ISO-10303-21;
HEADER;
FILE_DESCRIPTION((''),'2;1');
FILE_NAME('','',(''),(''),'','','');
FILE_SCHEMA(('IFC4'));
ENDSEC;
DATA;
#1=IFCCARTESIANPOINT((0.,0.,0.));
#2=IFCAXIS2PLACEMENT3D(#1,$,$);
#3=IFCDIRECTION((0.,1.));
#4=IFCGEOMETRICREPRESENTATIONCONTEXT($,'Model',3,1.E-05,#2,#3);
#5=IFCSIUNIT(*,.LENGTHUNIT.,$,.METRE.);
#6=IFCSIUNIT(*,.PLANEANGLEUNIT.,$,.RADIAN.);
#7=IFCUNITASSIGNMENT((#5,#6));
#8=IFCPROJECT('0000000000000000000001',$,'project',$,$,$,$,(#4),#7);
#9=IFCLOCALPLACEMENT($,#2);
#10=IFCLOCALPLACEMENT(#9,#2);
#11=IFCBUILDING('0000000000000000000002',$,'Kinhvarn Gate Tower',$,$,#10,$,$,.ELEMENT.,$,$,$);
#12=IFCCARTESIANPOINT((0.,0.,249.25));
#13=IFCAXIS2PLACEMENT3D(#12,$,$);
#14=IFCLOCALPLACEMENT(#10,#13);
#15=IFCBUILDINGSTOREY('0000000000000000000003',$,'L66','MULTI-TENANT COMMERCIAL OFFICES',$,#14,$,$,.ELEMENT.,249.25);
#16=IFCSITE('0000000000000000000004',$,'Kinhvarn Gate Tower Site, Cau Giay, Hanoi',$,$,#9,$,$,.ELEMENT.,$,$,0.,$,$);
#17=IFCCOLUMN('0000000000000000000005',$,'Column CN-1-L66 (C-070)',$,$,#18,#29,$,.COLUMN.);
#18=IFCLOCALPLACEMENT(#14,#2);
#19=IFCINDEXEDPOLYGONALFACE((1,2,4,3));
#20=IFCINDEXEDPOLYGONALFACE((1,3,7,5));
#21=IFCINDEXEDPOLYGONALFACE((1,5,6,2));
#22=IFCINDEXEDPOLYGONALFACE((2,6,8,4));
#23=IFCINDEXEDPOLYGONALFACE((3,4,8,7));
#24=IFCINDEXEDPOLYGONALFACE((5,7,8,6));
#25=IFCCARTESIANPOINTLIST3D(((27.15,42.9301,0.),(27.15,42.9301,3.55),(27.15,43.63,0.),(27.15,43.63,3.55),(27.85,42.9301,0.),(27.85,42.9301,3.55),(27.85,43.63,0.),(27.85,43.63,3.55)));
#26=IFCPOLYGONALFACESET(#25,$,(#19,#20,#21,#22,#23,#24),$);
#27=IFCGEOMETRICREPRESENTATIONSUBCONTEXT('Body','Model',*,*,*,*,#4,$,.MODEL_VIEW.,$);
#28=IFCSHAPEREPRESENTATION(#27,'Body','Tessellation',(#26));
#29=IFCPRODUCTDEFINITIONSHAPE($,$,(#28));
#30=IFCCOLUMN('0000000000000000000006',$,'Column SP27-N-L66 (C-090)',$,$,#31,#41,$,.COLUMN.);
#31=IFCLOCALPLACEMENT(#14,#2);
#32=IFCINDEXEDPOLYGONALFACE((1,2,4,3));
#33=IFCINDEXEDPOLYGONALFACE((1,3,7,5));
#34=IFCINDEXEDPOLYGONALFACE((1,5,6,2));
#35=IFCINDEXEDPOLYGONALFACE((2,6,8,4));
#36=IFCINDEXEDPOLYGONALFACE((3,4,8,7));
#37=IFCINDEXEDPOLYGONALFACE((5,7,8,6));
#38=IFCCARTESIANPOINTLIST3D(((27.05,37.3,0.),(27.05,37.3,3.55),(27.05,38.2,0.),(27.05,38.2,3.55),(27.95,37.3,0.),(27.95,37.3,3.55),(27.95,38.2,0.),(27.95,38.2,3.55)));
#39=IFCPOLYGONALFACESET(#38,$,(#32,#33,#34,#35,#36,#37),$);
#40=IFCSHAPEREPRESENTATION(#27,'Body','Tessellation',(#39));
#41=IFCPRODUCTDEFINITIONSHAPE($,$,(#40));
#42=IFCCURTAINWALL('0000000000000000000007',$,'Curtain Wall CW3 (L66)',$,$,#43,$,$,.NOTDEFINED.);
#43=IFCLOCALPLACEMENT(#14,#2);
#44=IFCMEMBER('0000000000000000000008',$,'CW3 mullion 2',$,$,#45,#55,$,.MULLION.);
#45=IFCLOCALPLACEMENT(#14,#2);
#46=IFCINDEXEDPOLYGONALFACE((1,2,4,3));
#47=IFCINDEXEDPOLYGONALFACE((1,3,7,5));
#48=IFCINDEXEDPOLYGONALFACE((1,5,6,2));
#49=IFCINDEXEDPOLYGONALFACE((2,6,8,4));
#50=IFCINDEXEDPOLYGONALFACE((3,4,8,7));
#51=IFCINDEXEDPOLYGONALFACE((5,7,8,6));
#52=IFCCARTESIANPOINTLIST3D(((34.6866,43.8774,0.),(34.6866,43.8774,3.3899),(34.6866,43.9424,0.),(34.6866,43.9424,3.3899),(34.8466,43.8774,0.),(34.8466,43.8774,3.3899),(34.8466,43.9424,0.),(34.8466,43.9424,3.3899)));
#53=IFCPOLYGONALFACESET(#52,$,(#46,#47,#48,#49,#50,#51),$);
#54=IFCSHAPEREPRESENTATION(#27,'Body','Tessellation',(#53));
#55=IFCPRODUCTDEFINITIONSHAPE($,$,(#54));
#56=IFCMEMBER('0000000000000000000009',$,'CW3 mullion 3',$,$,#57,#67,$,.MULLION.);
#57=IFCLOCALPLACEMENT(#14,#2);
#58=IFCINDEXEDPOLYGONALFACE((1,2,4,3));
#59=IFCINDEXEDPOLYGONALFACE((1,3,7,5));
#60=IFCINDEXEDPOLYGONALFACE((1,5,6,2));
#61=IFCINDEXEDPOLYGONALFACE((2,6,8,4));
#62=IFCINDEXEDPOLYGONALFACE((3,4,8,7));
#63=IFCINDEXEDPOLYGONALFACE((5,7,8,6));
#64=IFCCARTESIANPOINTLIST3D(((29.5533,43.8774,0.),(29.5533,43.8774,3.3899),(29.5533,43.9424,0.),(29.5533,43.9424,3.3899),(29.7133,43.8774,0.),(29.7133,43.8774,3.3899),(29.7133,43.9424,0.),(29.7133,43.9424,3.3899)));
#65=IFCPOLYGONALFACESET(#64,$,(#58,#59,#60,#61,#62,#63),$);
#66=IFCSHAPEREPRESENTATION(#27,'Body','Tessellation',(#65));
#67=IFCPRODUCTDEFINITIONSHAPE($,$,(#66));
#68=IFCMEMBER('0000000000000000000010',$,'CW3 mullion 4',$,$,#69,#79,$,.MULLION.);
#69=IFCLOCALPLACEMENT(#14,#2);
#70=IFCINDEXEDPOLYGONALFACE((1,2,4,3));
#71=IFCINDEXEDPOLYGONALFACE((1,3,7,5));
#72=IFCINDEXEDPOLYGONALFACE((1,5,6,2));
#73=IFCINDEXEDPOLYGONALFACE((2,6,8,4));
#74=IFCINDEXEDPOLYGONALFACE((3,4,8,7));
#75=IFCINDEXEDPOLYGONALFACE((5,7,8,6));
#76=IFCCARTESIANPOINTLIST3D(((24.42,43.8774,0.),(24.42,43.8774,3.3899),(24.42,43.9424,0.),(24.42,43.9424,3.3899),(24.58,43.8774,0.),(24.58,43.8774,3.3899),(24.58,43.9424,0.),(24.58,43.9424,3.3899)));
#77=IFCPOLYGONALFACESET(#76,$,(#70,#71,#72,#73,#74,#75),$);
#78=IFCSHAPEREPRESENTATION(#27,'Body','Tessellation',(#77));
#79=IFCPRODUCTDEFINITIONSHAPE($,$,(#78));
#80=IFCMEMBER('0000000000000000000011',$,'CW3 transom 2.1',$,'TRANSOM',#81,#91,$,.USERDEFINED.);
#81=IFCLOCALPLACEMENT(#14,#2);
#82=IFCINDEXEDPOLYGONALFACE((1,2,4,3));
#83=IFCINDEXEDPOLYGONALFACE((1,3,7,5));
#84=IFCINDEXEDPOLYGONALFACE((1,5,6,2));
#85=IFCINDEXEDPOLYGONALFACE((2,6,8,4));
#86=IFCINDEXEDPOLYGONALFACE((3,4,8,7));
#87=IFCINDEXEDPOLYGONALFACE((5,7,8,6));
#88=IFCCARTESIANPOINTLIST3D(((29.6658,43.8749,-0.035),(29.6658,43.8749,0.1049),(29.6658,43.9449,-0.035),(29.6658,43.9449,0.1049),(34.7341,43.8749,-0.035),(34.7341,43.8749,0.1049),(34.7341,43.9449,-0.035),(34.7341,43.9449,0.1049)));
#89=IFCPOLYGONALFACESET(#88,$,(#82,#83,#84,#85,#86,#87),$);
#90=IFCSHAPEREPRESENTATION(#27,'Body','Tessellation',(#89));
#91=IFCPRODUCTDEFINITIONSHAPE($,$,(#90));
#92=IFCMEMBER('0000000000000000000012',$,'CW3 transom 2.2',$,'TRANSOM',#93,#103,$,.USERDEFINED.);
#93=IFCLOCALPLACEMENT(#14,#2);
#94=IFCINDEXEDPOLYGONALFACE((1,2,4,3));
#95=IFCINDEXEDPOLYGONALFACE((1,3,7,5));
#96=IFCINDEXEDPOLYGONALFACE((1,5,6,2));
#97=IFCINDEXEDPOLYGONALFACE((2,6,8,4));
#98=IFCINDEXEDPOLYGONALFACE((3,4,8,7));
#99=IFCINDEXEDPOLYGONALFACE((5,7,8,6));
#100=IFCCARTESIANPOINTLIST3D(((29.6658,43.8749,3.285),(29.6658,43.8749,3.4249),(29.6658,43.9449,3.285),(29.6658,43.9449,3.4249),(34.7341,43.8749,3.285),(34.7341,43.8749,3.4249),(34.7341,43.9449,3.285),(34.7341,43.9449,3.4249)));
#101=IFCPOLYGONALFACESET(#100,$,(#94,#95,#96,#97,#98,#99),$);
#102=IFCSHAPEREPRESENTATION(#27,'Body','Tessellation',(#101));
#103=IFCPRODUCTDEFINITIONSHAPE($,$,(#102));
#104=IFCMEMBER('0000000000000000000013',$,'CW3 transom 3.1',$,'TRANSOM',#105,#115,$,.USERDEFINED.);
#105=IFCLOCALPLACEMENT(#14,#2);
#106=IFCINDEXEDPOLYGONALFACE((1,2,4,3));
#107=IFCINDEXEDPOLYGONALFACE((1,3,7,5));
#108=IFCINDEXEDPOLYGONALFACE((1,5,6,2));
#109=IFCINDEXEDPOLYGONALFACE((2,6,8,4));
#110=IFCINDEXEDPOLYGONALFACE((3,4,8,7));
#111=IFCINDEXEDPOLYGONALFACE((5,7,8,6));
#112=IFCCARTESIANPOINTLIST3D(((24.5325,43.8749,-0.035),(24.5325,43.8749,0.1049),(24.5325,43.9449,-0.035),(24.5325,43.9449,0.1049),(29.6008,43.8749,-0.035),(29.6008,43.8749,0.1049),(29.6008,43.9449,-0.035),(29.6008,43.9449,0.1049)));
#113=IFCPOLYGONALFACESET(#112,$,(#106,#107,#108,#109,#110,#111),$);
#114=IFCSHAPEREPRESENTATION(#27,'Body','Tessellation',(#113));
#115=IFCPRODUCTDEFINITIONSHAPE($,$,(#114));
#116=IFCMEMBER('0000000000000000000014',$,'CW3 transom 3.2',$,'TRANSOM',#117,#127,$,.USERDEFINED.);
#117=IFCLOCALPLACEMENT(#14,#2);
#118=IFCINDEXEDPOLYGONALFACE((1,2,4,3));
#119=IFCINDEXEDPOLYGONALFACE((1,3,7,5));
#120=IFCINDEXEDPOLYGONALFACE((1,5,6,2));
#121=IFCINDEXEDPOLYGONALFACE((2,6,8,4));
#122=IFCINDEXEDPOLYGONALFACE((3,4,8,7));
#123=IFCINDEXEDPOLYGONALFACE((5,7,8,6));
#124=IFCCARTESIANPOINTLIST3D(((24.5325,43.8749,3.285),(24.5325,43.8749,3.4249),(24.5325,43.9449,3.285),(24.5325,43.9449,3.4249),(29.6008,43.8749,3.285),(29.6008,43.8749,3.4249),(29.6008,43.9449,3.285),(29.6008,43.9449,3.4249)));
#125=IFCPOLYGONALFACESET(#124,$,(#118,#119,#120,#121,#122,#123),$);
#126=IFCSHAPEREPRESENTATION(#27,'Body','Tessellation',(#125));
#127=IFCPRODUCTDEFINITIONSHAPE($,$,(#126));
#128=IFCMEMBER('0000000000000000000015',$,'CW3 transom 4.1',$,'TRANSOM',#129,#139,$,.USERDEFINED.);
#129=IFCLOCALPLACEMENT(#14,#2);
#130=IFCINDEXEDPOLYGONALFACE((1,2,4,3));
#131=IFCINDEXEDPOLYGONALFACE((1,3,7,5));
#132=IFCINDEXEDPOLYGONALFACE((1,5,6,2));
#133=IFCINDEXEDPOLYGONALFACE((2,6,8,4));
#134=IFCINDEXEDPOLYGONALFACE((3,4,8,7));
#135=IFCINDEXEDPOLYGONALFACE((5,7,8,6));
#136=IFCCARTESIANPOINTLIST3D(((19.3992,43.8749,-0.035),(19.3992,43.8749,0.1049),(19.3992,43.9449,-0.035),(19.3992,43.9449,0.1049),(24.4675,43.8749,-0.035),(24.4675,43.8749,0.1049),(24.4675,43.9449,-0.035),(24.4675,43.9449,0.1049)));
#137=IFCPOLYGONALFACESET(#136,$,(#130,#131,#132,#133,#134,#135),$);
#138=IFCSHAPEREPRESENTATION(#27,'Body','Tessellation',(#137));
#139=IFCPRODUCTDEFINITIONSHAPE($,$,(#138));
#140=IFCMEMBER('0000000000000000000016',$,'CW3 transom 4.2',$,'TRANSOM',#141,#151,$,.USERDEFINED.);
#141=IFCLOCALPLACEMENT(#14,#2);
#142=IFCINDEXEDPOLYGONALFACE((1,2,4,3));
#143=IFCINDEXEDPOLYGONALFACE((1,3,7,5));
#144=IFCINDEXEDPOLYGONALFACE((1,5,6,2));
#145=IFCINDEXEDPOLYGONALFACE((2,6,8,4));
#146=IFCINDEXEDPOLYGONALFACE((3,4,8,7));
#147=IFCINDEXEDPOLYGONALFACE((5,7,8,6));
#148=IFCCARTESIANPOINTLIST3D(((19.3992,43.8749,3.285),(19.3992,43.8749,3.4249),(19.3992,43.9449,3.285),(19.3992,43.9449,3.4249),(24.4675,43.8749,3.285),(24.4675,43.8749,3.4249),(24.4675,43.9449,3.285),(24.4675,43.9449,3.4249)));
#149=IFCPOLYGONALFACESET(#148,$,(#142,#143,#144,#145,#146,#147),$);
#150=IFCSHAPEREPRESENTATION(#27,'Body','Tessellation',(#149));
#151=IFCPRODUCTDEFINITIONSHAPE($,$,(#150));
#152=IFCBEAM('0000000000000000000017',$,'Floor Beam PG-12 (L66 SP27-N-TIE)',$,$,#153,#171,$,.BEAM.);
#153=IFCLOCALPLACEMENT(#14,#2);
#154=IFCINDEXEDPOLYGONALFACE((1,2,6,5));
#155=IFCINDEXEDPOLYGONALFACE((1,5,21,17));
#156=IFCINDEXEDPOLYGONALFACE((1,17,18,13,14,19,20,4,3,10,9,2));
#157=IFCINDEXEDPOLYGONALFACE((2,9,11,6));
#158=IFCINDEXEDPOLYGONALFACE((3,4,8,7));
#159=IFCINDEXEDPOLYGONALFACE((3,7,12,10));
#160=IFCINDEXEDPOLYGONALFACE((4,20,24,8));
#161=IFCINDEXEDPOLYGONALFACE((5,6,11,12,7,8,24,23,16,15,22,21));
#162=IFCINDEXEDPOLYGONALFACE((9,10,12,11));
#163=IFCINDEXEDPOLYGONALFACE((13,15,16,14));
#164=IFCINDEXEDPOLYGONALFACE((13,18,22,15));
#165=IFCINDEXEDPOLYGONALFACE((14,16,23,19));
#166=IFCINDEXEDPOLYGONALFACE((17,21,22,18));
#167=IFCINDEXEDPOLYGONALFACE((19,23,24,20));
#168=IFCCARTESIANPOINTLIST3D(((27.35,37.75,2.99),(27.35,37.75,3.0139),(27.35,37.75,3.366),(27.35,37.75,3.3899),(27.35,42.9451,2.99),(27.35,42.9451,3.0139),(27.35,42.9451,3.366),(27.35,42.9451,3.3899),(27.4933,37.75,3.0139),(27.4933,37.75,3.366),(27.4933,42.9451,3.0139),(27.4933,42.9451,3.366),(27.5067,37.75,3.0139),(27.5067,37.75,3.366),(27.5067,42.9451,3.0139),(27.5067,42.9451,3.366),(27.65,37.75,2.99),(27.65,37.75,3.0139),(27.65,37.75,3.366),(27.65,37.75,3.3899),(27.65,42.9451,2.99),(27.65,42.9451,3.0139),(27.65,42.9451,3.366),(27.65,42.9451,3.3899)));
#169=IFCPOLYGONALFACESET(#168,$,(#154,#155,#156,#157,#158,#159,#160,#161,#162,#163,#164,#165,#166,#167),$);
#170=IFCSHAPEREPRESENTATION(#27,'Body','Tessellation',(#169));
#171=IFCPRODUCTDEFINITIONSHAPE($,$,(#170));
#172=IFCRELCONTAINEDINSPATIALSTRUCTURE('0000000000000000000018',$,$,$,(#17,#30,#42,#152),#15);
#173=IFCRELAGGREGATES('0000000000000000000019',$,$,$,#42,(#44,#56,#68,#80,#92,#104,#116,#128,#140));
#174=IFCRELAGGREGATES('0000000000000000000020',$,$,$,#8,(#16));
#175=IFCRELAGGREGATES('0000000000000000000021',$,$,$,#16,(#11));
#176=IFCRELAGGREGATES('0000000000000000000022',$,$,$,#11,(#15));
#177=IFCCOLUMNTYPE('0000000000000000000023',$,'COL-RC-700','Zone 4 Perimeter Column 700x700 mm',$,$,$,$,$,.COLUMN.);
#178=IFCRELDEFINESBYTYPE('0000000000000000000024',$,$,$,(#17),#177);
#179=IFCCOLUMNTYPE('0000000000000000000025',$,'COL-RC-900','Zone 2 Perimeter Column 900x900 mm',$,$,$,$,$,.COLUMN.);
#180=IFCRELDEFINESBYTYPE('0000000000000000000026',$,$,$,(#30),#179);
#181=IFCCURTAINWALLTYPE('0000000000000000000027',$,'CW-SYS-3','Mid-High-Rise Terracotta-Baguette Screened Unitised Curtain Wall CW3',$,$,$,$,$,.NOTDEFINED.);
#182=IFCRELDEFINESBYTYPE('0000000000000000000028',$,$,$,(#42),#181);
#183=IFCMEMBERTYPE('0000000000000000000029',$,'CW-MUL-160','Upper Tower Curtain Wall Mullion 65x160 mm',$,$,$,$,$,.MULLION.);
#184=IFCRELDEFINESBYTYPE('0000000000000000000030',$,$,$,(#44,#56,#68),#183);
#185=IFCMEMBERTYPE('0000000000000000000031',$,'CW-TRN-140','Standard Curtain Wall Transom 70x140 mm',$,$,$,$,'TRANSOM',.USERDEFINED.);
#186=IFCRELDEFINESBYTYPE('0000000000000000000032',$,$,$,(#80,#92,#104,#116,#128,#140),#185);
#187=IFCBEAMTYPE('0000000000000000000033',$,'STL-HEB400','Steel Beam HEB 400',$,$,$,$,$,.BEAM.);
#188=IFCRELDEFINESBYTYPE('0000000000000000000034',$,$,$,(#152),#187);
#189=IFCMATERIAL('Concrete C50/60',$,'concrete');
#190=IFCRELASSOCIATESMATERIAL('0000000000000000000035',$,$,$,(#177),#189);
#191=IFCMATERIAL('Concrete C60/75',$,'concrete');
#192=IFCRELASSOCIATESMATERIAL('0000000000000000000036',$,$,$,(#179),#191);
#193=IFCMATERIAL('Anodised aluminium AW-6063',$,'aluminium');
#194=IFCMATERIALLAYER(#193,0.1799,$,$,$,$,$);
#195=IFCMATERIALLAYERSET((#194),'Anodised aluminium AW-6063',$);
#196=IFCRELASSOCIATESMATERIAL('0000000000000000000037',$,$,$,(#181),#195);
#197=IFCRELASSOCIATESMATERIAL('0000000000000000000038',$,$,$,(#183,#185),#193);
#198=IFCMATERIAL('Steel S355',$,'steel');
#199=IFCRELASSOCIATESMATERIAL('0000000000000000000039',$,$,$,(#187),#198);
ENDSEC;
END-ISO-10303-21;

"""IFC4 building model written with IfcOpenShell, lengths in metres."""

from ifc_helpers import new_model, si_unit, direction, frame, origin, origin_2d, place, context, subcontext, project, spatial, rectangle, i_section, extrude, material, layer, layer_set, material_profile, profile_set, type_object, element, aggregate, save


model = new_model("IFC4")

# Units and contexts
model_context = context("Model", 3, precision=1e-05, world=origin(), true_north=direction((0.0, 1.0)))
body_context = subcontext(model_context, "Body", "Model", "MODEL_VIEW")
ifc_project = project(units=[si_unit("LENGTHUNIT", "METRE"), si_unit("PLANEANGLEUNIT", "RADIAN")], contexts=[model_context])

# Site, building, storey
site_placement = place(None, origin())
site = spatial("IfcSite", under=ifc_project, at=site_placement, Name="Kinhvarn Gate Tower Site, Cau Giay, Hanoi", CompositionType="ELEMENT", RefElevation=0.0)
building_placement = place(site_placement, origin())
building = spatial("IfcBuilding", under=site, at=building_placement, Name="Kinhvarn Gate Tower", CompositionType="ELEMENT")
storey_placement = place(building_placement, frame((0.0, 0.0, 249.25)))
storey = spatial("IfcBuildingStorey", under=building, at=storey_placement, Name="L66", Description="MULTI-TENANT COMMERCIAL OFFICES", CompositionType="ELEMENT", Elevation=249.25)

# Columns
ifc_material_1 = material(Name="Concrete C50/60", Category="concrete")
ifc_material_profile_1 = material_profile(ifc_material_1, rectangle(XDim=0.7, YDim=0.7, at=origin_2d()), Name="RC 700x700")
ifc_profile_set_1 = profile_set([ifc_material_profile_1], Name="Concrete C50/60")
column_type_1 = type_object("IfcColumnType", Name="COL-RC-700", Description="Zone 4 Perimeter Column 700x700 mm", PredefinedType="COLUMN", material=ifc_profile_set_1)
column_1_placement = place(storey_placement, frame((27.5, 43.28, 0.0), z_axis=(0.0, 0.0, 1.0), x_axis=(1.0, 0.0, 0.0)))
element("IfcColumn", 1, at=column_1_placement, inside=storey, type_object=column_type_1, Name="Column CN-1-L66 (C-070)", PredefinedType="COLUMN", context=body_context, shape_type="SweptSolid", body=[
    extrude(rectangle(XDim=0.7, YDim=0.7, at=origin_2d()), origin(), (0.0, 0.0, 1.0), 3.55),
])
ifc_material_2 = material(Name="Concrete C60/75", Category="concrete")
ifc_material_profile_2 = material_profile(ifc_material_2, rectangle(XDim=0.8999, YDim=0.8999, at=origin_2d()), Name="RC 900x900")
ifc_profile_set_2 = profile_set([ifc_material_profile_2], Name="Concrete C60/75")
column_type_2 = type_object("IfcColumnType", Name="COL-RC-900", Description="Zone 2 Perimeter Column 900x900 mm", PredefinedType="COLUMN", material=ifc_profile_set_2)
column_2_placement = place(storey_placement, frame((27.5, 37.75, 0.0), z_axis=(0.0, 0.0, 1.0), x_axis=(1.0, 0.0, 0.0)))
element("IfcColumn", 2, at=column_2_placement, inside=storey, type_object=column_type_2, Name="Column SP27-N-L66 (C-090)", PredefinedType="COLUMN", context=body_context, shape_type="SweptSolid", body=[
    extrude(rectangle(XDim=0.8999, YDim=0.8999, at=origin_2d()), origin(), (0.0, 0.0, 1.0), 3.55),
])

# Curtain wall, members
ifc_material_3 = material(Name="Anodised aluminium AW-6063", Category="aluminium")
ifc_layer_1 = layer(ifc_material_3, 0.1799)
ifc_layer_set_1 = layer_set([ifc_layer_1], Name="Anodised aluminium AW-6063")
curtain_wall_type = type_object("IfcCurtainWallType", Name="CW-SYS-3", Description="Mid-High-Rise Terracotta-Baguette Screened Unitised Curtain Wall CW3", PredefinedType="NOTDEFINED", material=ifc_layer_set_1)
curtain_wall_placement = place(storey_placement, origin())
curtain_wall = element("IfcCurtainWall", 3, at=curtain_wall_placement, inside=storey, type_object=curtain_wall_type, Name="Curtain Wall CW3 (L66)", PredefinedType="NOTDEFINED")
ifc_material_profile_3 = material_profile(ifc_material_3, rectangle(XDim=0.0649, YDim=0.1599, at=origin_2d()), Name="ALU 65x160")
ifc_profile_set_3 = profile_set([ifc_material_profile_3], Name="Anodised aluminium AW-6063")
member_type_1 = type_object("IfcMemberType", Name="CW-MUL-160", Description="Upper Tower Curtain Wall Mullion 65x160 mm", PredefinedType="MULLION", material=ifc_profile_set_3)
member_1_placement = place(storey_placement, frame((34.7666, 43.9099, 0.0), z_axis=(0.0, 0.0, 1.0), x_axis=(0.0, -1.0, 0.0)))
member_1 = element("IfcMember", 4, at=member_1_placement, type_object=member_type_1, Name="CW3 mullion 2", PredefinedType="MULLION", context=body_context, shape_type="SweptSolid", body=[
    extrude(rectangle(XDim=0.0649, YDim=0.1599, at=origin_2d()), origin(), (0.0, 0.0, 1.0), 3.3899),
])
member_2_placement = place(storey_placement, frame((29.6333, 43.9099, 0.0), z_axis=(0.0, 0.0, 1.0), x_axis=(0.0, -1.0, 0.0)))
member_2 = element("IfcMember", 5, at=member_2_placement, type_object=member_type_1, Name="CW3 mullion 3", PredefinedType="MULLION", context=body_context, shape_type="SweptSolid", body=[
    extrude(rectangle(XDim=0.0649, YDim=0.1599, at=origin_2d()), origin(), (0.0, 0.0, 1.0), 3.3899),
])
member_3_placement = place(storey_placement, frame((24.5, 43.9099, 0.0), z_axis=(0.0, 0.0, 1.0), x_axis=(0.0, -1.0, 0.0)))
member_3 = element("IfcMember", 6, at=member_3_placement, type_object=member_type_1, Name="CW3 mullion 4", PredefinedType="MULLION", context=body_context, shape_type="SweptSolid", body=[
    extrude(rectangle(XDim=0.0649, YDim=0.1599, at=origin_2d()), origin(), (0.0, 0.0, 1.0), 3.3899),
])
ifc_material_profile_4 = material_profile(ifc_material_3, rectangle(XDim=0.0701, YDim=0.1399, at=origin_2d()), Name="ALU 70x140")
ifc_profile_set_4 = profile_set([ifc_material_profile_4], Name="Anodised aluminium AW-6063")
member_type_2 = type_object("IfcMemberType", Name="CW-TRN-140", Description="Standard Curtain Wall Transom 70x140 mm", ElementType="TRANSOM", PredefinedType="USERDEFINED", material=ifc_profile_set_4)
member_4_placement = place(storey_placement, frame((34.7341, 43.9099, 0.0349), z_axis=(-1.0, 0.0, 0.0), x_axis=(0.0, -1.0, 0.0)))
member_4 = element("IfcMember", 7, at=member_4_placement, type_object=member_type_2, Name="CW3 transom 2.1", ObjectType="TRANSOM", PredefinedType="USERDEFINED", context=body_context, shape_type="SweptSolid", body=[
    extrude(rectangle(XDim=0.0701, YDim=0.1399, at=origin_2d()), origin(), (0.0, 0.0, 1.0), 5.0684),
])
member_5_placement = place(storey_placement, frame((34.7341, 43.9099, 3.355), z_axis=(-1.0, 0.0, 0.0), x_axis=(0.0, -1.0, 0.0)))
member_5 = element("IfcMember", 8, at=member_5_placement, type_object=member_type_2, Name="CW3 transom 2.2", ObjectType="TRANSOM", PredefinedType="USERDEFINED", context=body_context, shape_type="SweptSolid", body=[
    extrude(rectangle(XDim=0.0701, YDim=0.1399, at=origin_2d()), origin(), (0.0, 0.0, 1.0), 5.0684),
])
member_6_placement = place(storey_placement, frame((29.6008, 43.9099, 0.0349), z_axis=(-1.0, 0.0, 0.0), x_axis=(0.0, -1.0, 0.0)))
member_6 = element("IfcMember", 9, at=member_6_placement, type_object=member_type_2, Name="CW3 transom 3.1", ObjectType="TRANSOM", PredefinedType="USERDEFINED", context=body_context, shape_type="SweptSolid", body=[
    extrude(rectangle(XDim=0.0701, YDim=0.1399, at=origin_2d()), origin(), (0.0, 0.0, 1.0), 5.0684),
])
member_7_placement = place(storey_placement, frame((29.6008, 43.9099, 3.355), z_axis=(-1.0, 0.0, 0.0), x_axis=(0.0, -1.0, 0.0)))
member_7 = element("IfcMember", 10, at=member_7_placement, type_object=member_type_2, Name="CW3 transom 3.2", ObjectType="TRANSOM", PredefinedType="USERDEFINED", context=body_context, shape_type="SweptSolid", body=[
    extrude(rectangle(XDim=0.0701, YDim=0.1399, at=origin_2d()), origin(), (0.0, 0.0, 1.0), 5.0684),
])
member_8_placement = place(storey_placement, frame((24.4675, 43.9099, 0.0349), z_axis=(-1.0, 0.0, 0.0), x_axis=(0.0, -1.0, 0.0)))
member_8 = element("IfcMember", 11, at=member_8_placement, type_object=member_type_2, Name="CW3 transom 4.1", ObjectType="TRANSOM", PredefinedType="USERDEFINED", context=body_context, shape_type="SweptSolid", body=[
    extrude(rectangle(XDim=0.0701, YDim=0.1399, at=origin_2d()), origin(), (0.0, 0.0, 1.0), 5.0684),
])
member_9_placement = place(storey_placement, frame((24.4675, 43.9099, 3.355), z_axis=(-1.0, 0.0, 0.0), x_axis=(0.0, -1.0, 0.0)))
member_9 = element("IfcMember", 12, at=member_9_placement, type_object=member_type_2, Name="CW3 transom 4.2", ObjectType="TRANSOM", PredefinedType="USERDEFINED", context=body_context, shape_type="SweptSolid", body=[
    extrude(rectangle(XDim=0.0701, YDim=0.1399, at=origin_2d()), origin(), (0.0, 0.0, 1.0), 5.0684),
])

# Beam
ifc_material_4 = material(Name="Steel S355", Category="steel")
ifc_material_profile_5 = material_profile(ifc_material_4, i_section(OverallWidth=0.3, OverallDepth=0.3999, WebThickness=0.0134, FlangeThickness=0.0239, at=origin_2d()), Name="HEB 400")
ifc_profile_set_5 = profile_set([ifc_material_profile_5], Name="Steel S355")
beam_type_1 = type_object("IfcBeamType", Name="STL-HEB400", Description="Steel Beam HEB 400", PredefinedType="BEAM", material=ifc_profile_set_5)
beam_1_placement = place(storey_placement, frame((27.5, 37.75, 3.1899), z_axis=(0.0, 1.0, 0.0), x_axis=(-1.0, 0.0, 0.0)))
element("IfcBeam", 13, at=beam_1_placement, inside=storey, type_object=beam_type_1, Name="Floor Beam PG-12 (L66 SP27-N-TIE)", PredefinedType="BEAM", context=body_context, shape_type="SweptSolid", body=[
    extrude(i_section(OverallWidth=0.3, OverallDepth=0.3999, WebThickness=0.0134, FlangeThickness=0.0239, at=origin_2d()), origin(), (0.0, 0.0, 1.0), 5.1951),
])

aggregate(curtain_wall, [member_1, member_2, member_3, member_4, member_5, member_6, member_7, member_8, member_9])

save(model, "model.ifc")
